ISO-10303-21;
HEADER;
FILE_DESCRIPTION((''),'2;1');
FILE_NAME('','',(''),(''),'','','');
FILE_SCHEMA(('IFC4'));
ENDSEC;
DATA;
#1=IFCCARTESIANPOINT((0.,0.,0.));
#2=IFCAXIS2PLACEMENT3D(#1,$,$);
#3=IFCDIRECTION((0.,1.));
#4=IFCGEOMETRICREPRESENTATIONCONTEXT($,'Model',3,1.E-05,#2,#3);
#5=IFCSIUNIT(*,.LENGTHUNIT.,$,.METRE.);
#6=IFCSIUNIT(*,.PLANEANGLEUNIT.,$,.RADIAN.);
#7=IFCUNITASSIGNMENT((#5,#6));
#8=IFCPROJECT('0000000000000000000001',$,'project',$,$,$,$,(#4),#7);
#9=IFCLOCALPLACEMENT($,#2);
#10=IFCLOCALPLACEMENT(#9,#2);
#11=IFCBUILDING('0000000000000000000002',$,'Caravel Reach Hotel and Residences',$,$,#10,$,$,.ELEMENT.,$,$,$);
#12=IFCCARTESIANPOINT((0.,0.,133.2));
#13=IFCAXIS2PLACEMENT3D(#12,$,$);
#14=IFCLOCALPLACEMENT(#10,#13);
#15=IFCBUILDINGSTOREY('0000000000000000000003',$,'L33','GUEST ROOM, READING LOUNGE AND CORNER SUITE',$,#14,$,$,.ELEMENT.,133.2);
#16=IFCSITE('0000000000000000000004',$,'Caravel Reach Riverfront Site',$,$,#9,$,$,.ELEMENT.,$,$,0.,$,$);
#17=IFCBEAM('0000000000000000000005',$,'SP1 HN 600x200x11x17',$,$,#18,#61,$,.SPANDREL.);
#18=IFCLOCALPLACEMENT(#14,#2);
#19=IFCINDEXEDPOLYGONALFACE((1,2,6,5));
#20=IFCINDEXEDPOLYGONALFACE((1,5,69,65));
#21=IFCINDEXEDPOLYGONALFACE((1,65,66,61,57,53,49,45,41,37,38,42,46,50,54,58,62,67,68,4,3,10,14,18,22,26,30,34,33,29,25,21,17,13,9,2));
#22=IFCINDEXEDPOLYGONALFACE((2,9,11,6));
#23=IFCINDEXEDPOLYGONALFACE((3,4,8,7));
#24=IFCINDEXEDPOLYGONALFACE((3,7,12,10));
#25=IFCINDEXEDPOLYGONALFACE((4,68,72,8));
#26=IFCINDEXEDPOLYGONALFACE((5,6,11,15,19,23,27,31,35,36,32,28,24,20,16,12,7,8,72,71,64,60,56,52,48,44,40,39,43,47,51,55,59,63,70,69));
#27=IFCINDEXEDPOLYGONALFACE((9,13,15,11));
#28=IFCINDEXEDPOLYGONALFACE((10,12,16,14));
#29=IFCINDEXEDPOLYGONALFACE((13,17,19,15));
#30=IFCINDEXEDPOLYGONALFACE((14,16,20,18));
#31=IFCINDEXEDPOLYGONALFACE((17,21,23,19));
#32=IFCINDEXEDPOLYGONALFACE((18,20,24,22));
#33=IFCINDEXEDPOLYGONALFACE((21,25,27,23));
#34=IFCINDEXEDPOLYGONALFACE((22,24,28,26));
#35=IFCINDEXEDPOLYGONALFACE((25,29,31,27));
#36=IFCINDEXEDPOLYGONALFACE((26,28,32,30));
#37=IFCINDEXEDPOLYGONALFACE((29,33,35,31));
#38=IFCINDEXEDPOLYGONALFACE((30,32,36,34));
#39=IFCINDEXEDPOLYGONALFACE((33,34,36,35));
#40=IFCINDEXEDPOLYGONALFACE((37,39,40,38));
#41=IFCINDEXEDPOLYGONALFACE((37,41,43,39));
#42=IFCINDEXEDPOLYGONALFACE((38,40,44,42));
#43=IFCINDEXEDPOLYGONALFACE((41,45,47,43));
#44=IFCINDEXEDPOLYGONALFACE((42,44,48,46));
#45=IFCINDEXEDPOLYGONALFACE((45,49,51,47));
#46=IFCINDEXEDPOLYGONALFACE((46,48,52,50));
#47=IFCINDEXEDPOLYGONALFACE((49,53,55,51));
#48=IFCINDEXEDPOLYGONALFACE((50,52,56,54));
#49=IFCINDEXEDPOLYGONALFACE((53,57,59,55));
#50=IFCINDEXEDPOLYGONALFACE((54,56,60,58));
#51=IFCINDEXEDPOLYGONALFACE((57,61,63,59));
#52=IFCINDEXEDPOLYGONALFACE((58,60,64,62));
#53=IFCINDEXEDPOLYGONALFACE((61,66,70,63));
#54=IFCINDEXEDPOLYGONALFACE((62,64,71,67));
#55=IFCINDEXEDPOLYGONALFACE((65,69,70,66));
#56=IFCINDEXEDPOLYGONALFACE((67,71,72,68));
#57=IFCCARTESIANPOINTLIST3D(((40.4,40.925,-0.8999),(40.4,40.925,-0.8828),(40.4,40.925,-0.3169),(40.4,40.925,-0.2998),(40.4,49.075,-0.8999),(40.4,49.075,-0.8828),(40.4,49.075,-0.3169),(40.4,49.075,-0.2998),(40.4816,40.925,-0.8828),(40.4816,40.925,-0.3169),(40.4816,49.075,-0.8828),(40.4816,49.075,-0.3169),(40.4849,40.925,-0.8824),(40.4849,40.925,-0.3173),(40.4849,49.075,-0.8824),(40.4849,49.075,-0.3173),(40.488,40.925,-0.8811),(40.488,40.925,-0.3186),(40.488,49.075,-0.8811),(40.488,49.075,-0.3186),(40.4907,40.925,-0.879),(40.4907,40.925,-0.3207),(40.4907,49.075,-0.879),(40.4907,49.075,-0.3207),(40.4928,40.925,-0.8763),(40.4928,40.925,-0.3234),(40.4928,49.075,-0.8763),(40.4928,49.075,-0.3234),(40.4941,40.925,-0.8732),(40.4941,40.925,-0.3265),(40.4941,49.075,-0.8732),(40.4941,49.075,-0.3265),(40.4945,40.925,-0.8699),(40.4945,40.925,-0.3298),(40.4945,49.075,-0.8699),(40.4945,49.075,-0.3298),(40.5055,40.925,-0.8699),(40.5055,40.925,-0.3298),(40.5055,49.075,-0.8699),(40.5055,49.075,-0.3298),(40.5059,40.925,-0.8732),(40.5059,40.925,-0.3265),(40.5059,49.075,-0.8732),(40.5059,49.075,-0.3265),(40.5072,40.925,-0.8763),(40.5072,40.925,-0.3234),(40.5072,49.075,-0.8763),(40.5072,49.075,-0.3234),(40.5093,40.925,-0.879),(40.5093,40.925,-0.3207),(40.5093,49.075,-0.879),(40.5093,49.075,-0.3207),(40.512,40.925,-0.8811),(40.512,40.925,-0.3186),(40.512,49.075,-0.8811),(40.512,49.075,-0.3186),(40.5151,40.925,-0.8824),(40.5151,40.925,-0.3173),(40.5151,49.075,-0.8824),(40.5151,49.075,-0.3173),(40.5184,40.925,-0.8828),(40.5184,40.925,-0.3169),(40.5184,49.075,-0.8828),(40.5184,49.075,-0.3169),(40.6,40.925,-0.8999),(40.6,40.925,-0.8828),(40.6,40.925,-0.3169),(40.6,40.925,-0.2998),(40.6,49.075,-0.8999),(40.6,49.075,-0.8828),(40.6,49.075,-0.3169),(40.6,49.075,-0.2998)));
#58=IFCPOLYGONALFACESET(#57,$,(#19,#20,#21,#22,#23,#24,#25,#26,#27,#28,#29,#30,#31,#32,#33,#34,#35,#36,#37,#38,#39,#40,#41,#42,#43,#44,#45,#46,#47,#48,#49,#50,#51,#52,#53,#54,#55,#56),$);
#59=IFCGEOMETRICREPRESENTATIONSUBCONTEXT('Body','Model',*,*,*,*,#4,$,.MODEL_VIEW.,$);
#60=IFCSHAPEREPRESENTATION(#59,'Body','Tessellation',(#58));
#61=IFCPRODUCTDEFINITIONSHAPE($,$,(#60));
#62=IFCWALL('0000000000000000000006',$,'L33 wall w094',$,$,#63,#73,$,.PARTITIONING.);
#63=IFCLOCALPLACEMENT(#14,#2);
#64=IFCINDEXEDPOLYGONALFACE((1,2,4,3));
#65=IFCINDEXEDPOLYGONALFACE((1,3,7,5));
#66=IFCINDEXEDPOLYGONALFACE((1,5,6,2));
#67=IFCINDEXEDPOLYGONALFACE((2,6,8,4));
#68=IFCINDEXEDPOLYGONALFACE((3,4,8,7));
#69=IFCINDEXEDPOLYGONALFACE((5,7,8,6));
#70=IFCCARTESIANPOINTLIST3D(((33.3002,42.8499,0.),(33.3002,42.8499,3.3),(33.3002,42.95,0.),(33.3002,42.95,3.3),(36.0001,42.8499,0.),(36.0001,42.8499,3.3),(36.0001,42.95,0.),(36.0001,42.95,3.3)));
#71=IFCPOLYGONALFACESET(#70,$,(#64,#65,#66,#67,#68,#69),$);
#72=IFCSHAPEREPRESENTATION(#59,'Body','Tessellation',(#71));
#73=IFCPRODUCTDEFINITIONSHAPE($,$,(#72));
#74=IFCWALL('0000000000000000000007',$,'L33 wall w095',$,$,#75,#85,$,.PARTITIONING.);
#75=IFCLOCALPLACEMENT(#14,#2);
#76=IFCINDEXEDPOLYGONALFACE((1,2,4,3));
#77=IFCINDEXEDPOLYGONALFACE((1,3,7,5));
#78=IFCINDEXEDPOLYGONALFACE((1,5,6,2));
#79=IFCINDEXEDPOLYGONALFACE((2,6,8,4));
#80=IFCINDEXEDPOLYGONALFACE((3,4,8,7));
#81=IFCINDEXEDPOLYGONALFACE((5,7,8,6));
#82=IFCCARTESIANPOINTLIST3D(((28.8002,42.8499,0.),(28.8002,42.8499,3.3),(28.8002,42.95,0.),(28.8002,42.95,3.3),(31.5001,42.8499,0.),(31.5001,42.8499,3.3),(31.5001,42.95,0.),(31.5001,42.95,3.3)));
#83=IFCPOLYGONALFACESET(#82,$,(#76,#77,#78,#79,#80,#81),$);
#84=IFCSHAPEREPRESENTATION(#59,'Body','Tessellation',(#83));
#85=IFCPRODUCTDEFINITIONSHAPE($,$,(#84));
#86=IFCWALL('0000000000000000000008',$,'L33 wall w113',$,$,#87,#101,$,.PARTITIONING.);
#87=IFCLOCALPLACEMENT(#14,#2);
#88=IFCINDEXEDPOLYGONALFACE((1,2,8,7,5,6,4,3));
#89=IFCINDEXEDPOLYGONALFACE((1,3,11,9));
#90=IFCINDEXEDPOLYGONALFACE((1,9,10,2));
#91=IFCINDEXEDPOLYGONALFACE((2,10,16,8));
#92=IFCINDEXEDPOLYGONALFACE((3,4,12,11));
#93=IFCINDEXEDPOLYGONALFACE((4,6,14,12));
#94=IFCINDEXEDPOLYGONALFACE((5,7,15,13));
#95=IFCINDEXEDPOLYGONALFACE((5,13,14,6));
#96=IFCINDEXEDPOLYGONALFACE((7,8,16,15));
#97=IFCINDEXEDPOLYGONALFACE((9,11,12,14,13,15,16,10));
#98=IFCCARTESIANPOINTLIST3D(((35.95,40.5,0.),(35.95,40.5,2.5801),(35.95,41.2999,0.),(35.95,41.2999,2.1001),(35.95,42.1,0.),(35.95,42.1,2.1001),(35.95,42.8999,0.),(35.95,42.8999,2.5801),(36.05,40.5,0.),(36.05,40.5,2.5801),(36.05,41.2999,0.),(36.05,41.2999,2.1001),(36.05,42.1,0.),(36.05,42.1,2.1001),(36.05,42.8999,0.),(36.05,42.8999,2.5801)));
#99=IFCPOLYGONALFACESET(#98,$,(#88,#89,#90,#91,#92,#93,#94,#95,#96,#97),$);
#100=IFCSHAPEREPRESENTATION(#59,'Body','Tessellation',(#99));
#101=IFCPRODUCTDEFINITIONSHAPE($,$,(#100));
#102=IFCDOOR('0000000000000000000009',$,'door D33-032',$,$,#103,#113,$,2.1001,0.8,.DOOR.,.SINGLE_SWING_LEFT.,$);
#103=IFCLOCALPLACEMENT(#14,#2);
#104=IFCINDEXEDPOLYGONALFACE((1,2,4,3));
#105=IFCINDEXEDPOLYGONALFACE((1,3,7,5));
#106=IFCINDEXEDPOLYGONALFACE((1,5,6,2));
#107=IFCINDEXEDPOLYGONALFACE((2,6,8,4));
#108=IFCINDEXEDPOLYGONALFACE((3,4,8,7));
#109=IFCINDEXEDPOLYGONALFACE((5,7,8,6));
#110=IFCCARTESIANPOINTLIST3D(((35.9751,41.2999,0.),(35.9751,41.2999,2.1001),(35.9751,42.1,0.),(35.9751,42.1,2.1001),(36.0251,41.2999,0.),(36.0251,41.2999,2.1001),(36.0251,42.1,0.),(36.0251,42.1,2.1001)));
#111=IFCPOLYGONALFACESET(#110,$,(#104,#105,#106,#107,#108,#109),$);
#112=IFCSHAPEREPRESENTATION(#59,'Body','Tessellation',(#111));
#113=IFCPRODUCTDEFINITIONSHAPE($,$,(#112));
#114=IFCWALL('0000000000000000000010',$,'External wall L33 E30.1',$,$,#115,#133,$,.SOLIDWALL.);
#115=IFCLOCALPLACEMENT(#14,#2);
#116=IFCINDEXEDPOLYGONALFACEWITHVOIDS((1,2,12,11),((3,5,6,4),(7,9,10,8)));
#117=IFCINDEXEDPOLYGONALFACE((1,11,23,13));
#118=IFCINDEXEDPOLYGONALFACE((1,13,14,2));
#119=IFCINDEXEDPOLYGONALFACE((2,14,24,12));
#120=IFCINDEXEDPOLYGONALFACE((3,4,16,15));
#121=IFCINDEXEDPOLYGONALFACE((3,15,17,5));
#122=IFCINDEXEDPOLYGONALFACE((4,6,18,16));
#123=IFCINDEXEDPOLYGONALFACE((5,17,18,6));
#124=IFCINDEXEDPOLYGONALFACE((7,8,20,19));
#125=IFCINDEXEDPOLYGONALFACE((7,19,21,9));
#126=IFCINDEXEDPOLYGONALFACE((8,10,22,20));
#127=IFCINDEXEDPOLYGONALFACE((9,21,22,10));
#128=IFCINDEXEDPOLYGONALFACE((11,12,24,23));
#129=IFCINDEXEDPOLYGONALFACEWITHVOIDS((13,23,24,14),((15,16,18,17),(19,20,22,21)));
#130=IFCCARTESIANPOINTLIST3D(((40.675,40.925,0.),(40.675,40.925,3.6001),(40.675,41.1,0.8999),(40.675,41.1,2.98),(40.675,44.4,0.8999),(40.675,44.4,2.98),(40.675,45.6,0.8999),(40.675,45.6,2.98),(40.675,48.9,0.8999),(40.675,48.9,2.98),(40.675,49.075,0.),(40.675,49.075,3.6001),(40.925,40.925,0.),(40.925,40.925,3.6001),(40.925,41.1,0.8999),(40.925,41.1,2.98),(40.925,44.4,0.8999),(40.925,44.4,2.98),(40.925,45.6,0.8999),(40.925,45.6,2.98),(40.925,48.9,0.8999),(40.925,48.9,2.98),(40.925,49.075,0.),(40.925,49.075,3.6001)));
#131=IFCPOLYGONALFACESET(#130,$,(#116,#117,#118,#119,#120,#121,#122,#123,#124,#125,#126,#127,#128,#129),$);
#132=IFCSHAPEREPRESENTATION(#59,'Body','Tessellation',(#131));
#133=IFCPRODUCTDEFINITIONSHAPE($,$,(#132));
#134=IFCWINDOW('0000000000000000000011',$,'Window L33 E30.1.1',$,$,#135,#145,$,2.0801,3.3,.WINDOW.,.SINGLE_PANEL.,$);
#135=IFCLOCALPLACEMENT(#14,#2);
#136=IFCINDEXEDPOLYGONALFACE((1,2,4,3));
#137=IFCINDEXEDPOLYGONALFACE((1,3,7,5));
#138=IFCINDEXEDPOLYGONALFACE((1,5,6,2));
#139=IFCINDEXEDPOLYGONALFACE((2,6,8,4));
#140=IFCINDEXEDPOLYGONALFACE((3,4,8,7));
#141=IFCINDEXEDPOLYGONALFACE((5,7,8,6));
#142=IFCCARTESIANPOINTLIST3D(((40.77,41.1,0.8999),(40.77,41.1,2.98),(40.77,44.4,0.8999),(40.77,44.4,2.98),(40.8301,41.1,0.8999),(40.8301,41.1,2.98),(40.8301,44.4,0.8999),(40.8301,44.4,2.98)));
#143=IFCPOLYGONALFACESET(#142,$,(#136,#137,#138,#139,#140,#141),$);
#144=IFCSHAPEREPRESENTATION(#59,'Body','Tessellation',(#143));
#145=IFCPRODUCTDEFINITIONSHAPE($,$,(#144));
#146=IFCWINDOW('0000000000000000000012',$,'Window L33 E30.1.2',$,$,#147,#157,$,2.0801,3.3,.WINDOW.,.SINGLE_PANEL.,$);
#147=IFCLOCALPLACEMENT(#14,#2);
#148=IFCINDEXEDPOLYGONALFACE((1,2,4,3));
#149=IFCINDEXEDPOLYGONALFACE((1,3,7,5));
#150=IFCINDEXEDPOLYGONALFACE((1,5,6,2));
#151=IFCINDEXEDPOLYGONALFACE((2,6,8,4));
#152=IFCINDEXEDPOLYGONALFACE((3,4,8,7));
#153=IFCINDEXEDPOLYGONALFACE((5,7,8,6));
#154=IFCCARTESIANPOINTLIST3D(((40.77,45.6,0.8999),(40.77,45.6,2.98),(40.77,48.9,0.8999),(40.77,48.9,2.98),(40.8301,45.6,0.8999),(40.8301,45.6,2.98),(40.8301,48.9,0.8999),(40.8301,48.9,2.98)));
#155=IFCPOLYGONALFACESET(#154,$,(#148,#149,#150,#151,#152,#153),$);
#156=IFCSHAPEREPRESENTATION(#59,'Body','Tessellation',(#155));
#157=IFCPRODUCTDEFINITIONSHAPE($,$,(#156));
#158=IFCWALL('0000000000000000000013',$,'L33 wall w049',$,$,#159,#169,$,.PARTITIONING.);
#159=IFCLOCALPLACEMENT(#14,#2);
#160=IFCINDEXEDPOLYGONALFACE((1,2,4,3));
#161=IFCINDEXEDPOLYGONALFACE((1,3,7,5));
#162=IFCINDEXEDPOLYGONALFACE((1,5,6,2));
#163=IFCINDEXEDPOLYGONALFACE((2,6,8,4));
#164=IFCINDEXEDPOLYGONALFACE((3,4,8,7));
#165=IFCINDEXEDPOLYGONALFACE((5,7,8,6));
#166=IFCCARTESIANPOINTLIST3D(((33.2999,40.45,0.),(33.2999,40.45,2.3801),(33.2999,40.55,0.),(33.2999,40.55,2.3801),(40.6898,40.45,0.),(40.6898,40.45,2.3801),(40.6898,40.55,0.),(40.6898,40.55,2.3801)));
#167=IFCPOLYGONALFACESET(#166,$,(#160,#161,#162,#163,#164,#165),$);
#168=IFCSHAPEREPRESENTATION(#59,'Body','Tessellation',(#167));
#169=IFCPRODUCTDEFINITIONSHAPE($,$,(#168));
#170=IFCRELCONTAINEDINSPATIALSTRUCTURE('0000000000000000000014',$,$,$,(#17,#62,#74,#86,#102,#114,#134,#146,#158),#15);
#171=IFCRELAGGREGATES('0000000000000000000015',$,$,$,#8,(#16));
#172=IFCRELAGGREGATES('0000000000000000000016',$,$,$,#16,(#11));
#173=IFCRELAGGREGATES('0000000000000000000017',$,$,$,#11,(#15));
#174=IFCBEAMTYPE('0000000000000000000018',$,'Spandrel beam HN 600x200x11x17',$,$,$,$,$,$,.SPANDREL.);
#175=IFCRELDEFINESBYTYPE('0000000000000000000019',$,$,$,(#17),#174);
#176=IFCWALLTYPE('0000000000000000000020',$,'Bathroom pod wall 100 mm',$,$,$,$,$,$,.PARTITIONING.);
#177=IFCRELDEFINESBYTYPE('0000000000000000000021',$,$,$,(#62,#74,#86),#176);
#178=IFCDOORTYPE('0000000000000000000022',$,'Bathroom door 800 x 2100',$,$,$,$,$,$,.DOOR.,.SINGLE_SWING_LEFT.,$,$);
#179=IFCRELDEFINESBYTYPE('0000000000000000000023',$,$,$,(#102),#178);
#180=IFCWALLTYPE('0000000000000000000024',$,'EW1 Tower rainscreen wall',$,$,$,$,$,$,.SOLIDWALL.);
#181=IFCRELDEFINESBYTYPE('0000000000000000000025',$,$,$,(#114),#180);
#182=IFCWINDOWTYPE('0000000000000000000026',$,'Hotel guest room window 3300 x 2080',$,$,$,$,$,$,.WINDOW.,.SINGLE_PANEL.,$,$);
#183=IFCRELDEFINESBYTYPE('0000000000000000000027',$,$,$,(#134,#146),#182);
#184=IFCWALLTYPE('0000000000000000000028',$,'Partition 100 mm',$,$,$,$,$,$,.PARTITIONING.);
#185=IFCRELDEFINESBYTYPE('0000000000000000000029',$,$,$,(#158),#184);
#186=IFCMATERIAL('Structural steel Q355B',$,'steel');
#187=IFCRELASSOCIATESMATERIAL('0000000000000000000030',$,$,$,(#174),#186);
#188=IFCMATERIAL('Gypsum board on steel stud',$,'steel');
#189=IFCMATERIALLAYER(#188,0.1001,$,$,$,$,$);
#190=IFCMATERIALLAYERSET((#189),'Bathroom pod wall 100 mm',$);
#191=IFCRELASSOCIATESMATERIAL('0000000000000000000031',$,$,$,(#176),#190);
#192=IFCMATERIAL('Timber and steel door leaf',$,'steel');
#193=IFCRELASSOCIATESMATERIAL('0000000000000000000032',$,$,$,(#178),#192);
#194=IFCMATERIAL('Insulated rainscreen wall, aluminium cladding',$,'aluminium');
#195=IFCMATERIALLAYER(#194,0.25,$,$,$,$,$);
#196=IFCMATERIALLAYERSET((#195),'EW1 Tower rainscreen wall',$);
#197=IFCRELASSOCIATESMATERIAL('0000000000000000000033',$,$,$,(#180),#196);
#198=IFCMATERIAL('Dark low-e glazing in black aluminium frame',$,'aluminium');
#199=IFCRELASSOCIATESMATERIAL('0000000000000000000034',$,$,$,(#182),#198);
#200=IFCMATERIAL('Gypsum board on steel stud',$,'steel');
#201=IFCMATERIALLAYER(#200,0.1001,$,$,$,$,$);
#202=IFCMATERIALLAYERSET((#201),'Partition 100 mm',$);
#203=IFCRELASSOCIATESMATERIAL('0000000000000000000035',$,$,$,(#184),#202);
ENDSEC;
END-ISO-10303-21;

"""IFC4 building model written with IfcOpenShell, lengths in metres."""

from ifc_helpers import new_model, si_unit, direction, frame, frame_2d, origin, origin_2d, place, context, subcontext, project, spatial, rectangle, i_section, extrude, material, layer, layer_set, material_profile, profile_set, type_object, element, fill, save


model = new_model("IFC4")

# Units and contexts
model_context = context("Model", 3, precision=1e-05, world=origin(), true_north=direction((0.0, 1.0)))
body_context = subcontext(model_context, "Body", "Model", "MODEL_VIEW")
ifc_project = project(units=[si_unit("LENGTHUNIT", "METRE"), si_unit("PLANEANGLEUNIT", "RADIAN")], contexts=[model_context])

# Site, building, storey
site_placement = place(None, origin())
site = spatial("IfcSite", under=ifc_project, at=site_placement, Name="Caravel Reach Riverfront Site", CompositionType="ELEMENT", RefElevation=0.0)
building_placement = place(site_placement, origin())
building = spatial("IfcBuilding", under=site, at=building_placement, Name="Caravel Reach Hotel and Residences", CompositionType="ELEMENT")
storey_placement = place(building_placement, frame((0.0, 0.0, 133.2)))
storey = spatial("IfcBuildingStorey", under=building, at=storey_placement, Name="L33", Description="GUEST ROOM, READING LOUNGE AND CORNER SUITE", CompositionType="ELEMENT", Elevation=133.2)

# Beam
ifc_material_1 = material(Name="Structural steel Q355B", Category="steel")
ifc_material_profile_1 = material_profile(ifc_material_1, i_section(OverallWidth=0.2, OverallDepth=0.6001, WebThickness=0.011, FlangeThickness=0.0171, FilletRadius=0.0129, at=origin_2d()), Name="HN 600x200x11x17")
ifc_profile_set_1 = profile_set([ifc_material_profile_1], Name="Structural steel Q355B")
beam_type_1 = type_object("IfcBeamType", Name="Spandrel beam HN 600x200x11x17", PredefinedType="SPANDREL", material=ifc_profile_set_1)
beam_1_placement = place(storey_placement, frame((40.5, 40.925, -0.5999), z_axis=(0.0, 1.0, 0.0), x_axis=(-1.0, 0.0, 0.0)))
element("IfcBeam", 1, at=beam_1_placement, inside=storey, type_object=beam_type_1, Name="SP1 HN 600x200x11x17", PredefinedType="SPANDREL", context=body_context, shape_type="SweptSolid", body=[
    extrude(i_section(OverallWidth=0.2, OverallDepth=0.6001, WebThickness=0.011, FlangeThickness=0.0171, FilletRadius=0.0129, at=origin_2d()), origin(), (0.0, 0.0, 1.0), 8.1499),
])

# Walls
ifc_material_2 = material(Name="Gypsum board on steel stud", Category="steel")
ifc_layer_1 = layer(ifc_material_2, 0.1001)
ifc_layer_set_1 = layer_set([ifc_layer_1], Name="Bathroom pod wall 100 mm")
wall_type_1 = type_object("IfcWallType", Name="Bathroom pod wall 100 mm", PredefinedType="PARTITIONING", material=ifc_layer_set_1)
for number, where, z_axis, x_axis, name in (
    (2, (33.3, 42.8999, 0.0), (0.0, 0.0, 1.0), (1.0, 0.0, 0.0), "L33 wall w094"),
    (3, (28.8, 42.8999, 0.0), (0.0, 0.0, 1.0), (1.0, 0.0, 0.0), "L33 wall w095"),
):
    element("IfcWall", number, at=place(storey_placement, frame(where, z_axis=z_axis, x_axis=x_axis)), inside=storey, type_object=wall_type_1, Name=name, PredefinedType="PARTITIONING", context=body_context, shape_type="SweptSolid", body=[
        extrude(rectangle(XDim=2.7, YDim=0.1001, at=frame_2d((1.3501, 0.0))), origin(), (0.0, 0.0, 1.0), 3.3),
    ])

# Wall, opening, door
wall_1_placement = place(storey_placement, frame((36.0, 40.5, 0.0), z_axis=(0.0, 0.0, 1.0), x_axis=(0.0, 1.0, 0.0)))
wall_1 = element("IfcWall", 4, at=wall_1_placement, inside=storey, type_object=wall_type_1, Name="L33 wall w113", PredefinedType="PARTITIONING", context=body_context, shape_type="SweptSolid", body=[
    extrude(rectangle(XDim=2.3999, YDim=0.1001, at=frame_2d((1.2, 0.0))), origin(), (0.0, 0.0, 1.0), 2.5801),
])
opening_1_placement = place(wall_1_placement, frame((0.8, 0.0, 0.0)))
opening_1 = element("IfcOpeningElement", 5, at=opening_1_placement, cuts=wall_1, PredefinedType="OPENING", context=body_context, shape_type="SweptSolid", body=[
    extrude(rectangle(XDim=0.8, YDim=2.1001, at=frame_2d((0.3999, 1.05))), frame((0.0, 0.0601, 0.0), z_axis=(0.0, -1.0, 0.0), x_axis=(1.0, 0.0, 0.0)), (0.0, 0.0, 1.0), 0.1201),
])
ifc_material_3 = material(Name="Timber and steel door leaf", Category="steel")
door_type = type_object("IfcDoorType", Name="Bathroom door 800 x 2100", OperationType="SINGLE_SWING_LEFT", PredefinedType="DOOR", material=ifc_material_3)
door_placement = place(opening_1_placement, origin())
door = element("IfcDoor", 6, at=door_placement, inside=storey, type_object=door_type, Name="door D33-032", OperationType="SINGLE_SWING_LEFT", OverallHeight=2.1001, OverallWidth=0.8, PredefinedType="DOOR", context=body_context, shape_type="SweptSolid", body=[
    extrude(rectangle(XDim=0.8, YDim=2.1001, at=frame_2d((0.3999, 1.05))), frame((0.0, 0.0249, 0.0), z_axis=(0.0, -1.0, 0.0), x_axis=(1.0, 0.0, 0.0)), (0.0, 0.0, 1.0), 0.05),
])
fill(opening_1, door)

# Wall, openings, windows
ifc_material_4 = material(Name="Insulated rainscreen wall, aluminium cladding", Category="aluminium")
ifc_layer_2 = layer(ifc_material_4, 0.25)
ifc_layer_set_2 = layer_set([ifc_layer_2], Name="EW1 Tower rainscreen wall")
wall_type_2 = type_object("IfcWallType", Name="EW1 Tower rainscreen wall", PredefinedType="SOLIDWALL", material=ifc_layer_set_2)
wall_2_placement = place(storey_placement, frame((40.8, 40.925, 0.0), z_axis=(0.0, 0.0, 1.0), x_axis=(0.0, 1.0, 0.0)))
wall_2 = element("IfcWall", 7, at=wall_2_placement, inside=storey, type_object=wall_type_2, Name="External wall L33 E30.1", PredefinedType="SOLIDWALL", context=body_context, shape_type="SweptSolid", body=[
    extrude(rectangle(XDim=8.1499, YDim=0.25, at=frame_2d((4.075, 0.0))), origin(), (0.0, 0.0, 1.0), 3.6001),
])
opening_2_placement = place(wall_2_placement, frame((0.175, 0.0, 0.8999)))
opening_2 = element("IfcOpeningElement", 8, at=opening_2_placement, cuts=wall_2, PredefinedType="OPENING", context=body_context, shape_type="SweptSolid", body=[
    extrude(rectangle(XDim=3.3, YDim=2.0801, at=frame_2d((1.6499, 1.04))), frame((0.0, 0.135, 0.0), z_axis=(0.0, -1.0, 0.0), x_axis=(1.0, 0.0, 0.0)), (0.0, 0.0, 1.0), 0.27),
])
opening_3_placement = place(wall_2_placement, frame((4.675, 0.0, 0.8999)))
opening_3 = element("IfcOpeningElement", 9, at=opening_3_placement, cuts=wall_2, PredefinedType="OPENING", context=body_context, shape_type="SweptSolid", body=[
    extrude(rectangle(XDim=3.3, YDim=2.0801, at=frame_2d((1.6499, 1.04))), frame((0.0, 0.135, 0.0), z_axis=(0.0, -1.0, 0.0), x_axis=(1.0, 0.0, 0.0)), (0.0, 0.0, 1.0), 0.27),
])
ifc_material_5 = material(Name="Dark low-e glazing in black aluminium frame", Category="aluminium")
window_type = type_object("IfcWindowType", Name="Hotel guest room window 3300 x 2080", PartitioningType="SINGLE_PANEL", PredefinedType="WINDOW", material=ifc_material_5)
window_1_placement = place(opening_2_placement, origin())
window_1 = element("IfcWindow", 10, at=window_1_placement, inside=storey, type_object=window_type, Name="Window L33 E30.1.1", OverallHeight=2.0801, OverallWidth=3.3, PartitioningType="SINGLE_PANEL", PredefinedType="WINDOW", context=body_context, shape_type="SweptSolid", body=[
    extrude(rectangle(XDim=3.3, YDim=2.0801, at=frame_2d((1.6499, 1.04))), frame((0.0, 0.03, 0.0), z_axis=(0.0, -1.0, 0.0), x_axis=(1.0, 0.0, 0.0)), (0.0, 0.0, 1.0), 0.0601),
])
fill(opening_2, window_1)
window_2_placement = place(opening_3_placement, origin())
window_2 = element("IfcWindow", 11, at=window_2_placement, inside=storey, type_object=window_type, Name="Window L33 E30.1.2", OverallHeight=2.0801, OverallWidth=3.3, PartitioningType="SINGLE_PANEL", PredefinedType="WINDOW", context=body_context, shape_type="SweptSolid", body=[
    extrude(rectangle(XDim=3.3, YDim=2.0801, at=frame_2d((1.6499, 1.04))), frame((0.0, 0.03, 0.0), z_axis=(0.0, -1.0, 0.0), x_axis=(1.0, 0.0, 0.0)), (0.0, 0.0, 1.0), 0.0601),
])
fill(opening_3, window_2)

# Wall
ifc_material_6 = material(Name="Gypsum board on steel stud", Category="steel")
ifc_layer_3 = layer(ifc_material_6, 0.1001)
ifc_layer_set_3 = layer_set([ifc_layer_3], Name="Partition 100 mm")
wall_type_3 = type_object("IfcWallType", Name="Partition 100 mm", PredefinedType="PARTITIONING", material=ifc_layer_set_3)
wall_3_placement = place(storey_placement, frame((33.3, 40.5, 0.0), z_axis=(0.0, 0.0, 1.0), x_axis=(1.0, 0.0, 0.0)))
element("IfcWall", 12, at=wall_3_placement, inside=storey, type_object=wall_type_3, Name="L33 wall w049", PredefinedType="PARTITIONING", context=body_context, shape_type="SweptSolid", body=[
    extrude(rectangle(XDim=7.3899, YDim=0.1001, at=frame_2d((3.6948, 0.0))), origin(), (0.0, 0.0, 1.0), 2.3801),
])

save(model, "model.ifc")
